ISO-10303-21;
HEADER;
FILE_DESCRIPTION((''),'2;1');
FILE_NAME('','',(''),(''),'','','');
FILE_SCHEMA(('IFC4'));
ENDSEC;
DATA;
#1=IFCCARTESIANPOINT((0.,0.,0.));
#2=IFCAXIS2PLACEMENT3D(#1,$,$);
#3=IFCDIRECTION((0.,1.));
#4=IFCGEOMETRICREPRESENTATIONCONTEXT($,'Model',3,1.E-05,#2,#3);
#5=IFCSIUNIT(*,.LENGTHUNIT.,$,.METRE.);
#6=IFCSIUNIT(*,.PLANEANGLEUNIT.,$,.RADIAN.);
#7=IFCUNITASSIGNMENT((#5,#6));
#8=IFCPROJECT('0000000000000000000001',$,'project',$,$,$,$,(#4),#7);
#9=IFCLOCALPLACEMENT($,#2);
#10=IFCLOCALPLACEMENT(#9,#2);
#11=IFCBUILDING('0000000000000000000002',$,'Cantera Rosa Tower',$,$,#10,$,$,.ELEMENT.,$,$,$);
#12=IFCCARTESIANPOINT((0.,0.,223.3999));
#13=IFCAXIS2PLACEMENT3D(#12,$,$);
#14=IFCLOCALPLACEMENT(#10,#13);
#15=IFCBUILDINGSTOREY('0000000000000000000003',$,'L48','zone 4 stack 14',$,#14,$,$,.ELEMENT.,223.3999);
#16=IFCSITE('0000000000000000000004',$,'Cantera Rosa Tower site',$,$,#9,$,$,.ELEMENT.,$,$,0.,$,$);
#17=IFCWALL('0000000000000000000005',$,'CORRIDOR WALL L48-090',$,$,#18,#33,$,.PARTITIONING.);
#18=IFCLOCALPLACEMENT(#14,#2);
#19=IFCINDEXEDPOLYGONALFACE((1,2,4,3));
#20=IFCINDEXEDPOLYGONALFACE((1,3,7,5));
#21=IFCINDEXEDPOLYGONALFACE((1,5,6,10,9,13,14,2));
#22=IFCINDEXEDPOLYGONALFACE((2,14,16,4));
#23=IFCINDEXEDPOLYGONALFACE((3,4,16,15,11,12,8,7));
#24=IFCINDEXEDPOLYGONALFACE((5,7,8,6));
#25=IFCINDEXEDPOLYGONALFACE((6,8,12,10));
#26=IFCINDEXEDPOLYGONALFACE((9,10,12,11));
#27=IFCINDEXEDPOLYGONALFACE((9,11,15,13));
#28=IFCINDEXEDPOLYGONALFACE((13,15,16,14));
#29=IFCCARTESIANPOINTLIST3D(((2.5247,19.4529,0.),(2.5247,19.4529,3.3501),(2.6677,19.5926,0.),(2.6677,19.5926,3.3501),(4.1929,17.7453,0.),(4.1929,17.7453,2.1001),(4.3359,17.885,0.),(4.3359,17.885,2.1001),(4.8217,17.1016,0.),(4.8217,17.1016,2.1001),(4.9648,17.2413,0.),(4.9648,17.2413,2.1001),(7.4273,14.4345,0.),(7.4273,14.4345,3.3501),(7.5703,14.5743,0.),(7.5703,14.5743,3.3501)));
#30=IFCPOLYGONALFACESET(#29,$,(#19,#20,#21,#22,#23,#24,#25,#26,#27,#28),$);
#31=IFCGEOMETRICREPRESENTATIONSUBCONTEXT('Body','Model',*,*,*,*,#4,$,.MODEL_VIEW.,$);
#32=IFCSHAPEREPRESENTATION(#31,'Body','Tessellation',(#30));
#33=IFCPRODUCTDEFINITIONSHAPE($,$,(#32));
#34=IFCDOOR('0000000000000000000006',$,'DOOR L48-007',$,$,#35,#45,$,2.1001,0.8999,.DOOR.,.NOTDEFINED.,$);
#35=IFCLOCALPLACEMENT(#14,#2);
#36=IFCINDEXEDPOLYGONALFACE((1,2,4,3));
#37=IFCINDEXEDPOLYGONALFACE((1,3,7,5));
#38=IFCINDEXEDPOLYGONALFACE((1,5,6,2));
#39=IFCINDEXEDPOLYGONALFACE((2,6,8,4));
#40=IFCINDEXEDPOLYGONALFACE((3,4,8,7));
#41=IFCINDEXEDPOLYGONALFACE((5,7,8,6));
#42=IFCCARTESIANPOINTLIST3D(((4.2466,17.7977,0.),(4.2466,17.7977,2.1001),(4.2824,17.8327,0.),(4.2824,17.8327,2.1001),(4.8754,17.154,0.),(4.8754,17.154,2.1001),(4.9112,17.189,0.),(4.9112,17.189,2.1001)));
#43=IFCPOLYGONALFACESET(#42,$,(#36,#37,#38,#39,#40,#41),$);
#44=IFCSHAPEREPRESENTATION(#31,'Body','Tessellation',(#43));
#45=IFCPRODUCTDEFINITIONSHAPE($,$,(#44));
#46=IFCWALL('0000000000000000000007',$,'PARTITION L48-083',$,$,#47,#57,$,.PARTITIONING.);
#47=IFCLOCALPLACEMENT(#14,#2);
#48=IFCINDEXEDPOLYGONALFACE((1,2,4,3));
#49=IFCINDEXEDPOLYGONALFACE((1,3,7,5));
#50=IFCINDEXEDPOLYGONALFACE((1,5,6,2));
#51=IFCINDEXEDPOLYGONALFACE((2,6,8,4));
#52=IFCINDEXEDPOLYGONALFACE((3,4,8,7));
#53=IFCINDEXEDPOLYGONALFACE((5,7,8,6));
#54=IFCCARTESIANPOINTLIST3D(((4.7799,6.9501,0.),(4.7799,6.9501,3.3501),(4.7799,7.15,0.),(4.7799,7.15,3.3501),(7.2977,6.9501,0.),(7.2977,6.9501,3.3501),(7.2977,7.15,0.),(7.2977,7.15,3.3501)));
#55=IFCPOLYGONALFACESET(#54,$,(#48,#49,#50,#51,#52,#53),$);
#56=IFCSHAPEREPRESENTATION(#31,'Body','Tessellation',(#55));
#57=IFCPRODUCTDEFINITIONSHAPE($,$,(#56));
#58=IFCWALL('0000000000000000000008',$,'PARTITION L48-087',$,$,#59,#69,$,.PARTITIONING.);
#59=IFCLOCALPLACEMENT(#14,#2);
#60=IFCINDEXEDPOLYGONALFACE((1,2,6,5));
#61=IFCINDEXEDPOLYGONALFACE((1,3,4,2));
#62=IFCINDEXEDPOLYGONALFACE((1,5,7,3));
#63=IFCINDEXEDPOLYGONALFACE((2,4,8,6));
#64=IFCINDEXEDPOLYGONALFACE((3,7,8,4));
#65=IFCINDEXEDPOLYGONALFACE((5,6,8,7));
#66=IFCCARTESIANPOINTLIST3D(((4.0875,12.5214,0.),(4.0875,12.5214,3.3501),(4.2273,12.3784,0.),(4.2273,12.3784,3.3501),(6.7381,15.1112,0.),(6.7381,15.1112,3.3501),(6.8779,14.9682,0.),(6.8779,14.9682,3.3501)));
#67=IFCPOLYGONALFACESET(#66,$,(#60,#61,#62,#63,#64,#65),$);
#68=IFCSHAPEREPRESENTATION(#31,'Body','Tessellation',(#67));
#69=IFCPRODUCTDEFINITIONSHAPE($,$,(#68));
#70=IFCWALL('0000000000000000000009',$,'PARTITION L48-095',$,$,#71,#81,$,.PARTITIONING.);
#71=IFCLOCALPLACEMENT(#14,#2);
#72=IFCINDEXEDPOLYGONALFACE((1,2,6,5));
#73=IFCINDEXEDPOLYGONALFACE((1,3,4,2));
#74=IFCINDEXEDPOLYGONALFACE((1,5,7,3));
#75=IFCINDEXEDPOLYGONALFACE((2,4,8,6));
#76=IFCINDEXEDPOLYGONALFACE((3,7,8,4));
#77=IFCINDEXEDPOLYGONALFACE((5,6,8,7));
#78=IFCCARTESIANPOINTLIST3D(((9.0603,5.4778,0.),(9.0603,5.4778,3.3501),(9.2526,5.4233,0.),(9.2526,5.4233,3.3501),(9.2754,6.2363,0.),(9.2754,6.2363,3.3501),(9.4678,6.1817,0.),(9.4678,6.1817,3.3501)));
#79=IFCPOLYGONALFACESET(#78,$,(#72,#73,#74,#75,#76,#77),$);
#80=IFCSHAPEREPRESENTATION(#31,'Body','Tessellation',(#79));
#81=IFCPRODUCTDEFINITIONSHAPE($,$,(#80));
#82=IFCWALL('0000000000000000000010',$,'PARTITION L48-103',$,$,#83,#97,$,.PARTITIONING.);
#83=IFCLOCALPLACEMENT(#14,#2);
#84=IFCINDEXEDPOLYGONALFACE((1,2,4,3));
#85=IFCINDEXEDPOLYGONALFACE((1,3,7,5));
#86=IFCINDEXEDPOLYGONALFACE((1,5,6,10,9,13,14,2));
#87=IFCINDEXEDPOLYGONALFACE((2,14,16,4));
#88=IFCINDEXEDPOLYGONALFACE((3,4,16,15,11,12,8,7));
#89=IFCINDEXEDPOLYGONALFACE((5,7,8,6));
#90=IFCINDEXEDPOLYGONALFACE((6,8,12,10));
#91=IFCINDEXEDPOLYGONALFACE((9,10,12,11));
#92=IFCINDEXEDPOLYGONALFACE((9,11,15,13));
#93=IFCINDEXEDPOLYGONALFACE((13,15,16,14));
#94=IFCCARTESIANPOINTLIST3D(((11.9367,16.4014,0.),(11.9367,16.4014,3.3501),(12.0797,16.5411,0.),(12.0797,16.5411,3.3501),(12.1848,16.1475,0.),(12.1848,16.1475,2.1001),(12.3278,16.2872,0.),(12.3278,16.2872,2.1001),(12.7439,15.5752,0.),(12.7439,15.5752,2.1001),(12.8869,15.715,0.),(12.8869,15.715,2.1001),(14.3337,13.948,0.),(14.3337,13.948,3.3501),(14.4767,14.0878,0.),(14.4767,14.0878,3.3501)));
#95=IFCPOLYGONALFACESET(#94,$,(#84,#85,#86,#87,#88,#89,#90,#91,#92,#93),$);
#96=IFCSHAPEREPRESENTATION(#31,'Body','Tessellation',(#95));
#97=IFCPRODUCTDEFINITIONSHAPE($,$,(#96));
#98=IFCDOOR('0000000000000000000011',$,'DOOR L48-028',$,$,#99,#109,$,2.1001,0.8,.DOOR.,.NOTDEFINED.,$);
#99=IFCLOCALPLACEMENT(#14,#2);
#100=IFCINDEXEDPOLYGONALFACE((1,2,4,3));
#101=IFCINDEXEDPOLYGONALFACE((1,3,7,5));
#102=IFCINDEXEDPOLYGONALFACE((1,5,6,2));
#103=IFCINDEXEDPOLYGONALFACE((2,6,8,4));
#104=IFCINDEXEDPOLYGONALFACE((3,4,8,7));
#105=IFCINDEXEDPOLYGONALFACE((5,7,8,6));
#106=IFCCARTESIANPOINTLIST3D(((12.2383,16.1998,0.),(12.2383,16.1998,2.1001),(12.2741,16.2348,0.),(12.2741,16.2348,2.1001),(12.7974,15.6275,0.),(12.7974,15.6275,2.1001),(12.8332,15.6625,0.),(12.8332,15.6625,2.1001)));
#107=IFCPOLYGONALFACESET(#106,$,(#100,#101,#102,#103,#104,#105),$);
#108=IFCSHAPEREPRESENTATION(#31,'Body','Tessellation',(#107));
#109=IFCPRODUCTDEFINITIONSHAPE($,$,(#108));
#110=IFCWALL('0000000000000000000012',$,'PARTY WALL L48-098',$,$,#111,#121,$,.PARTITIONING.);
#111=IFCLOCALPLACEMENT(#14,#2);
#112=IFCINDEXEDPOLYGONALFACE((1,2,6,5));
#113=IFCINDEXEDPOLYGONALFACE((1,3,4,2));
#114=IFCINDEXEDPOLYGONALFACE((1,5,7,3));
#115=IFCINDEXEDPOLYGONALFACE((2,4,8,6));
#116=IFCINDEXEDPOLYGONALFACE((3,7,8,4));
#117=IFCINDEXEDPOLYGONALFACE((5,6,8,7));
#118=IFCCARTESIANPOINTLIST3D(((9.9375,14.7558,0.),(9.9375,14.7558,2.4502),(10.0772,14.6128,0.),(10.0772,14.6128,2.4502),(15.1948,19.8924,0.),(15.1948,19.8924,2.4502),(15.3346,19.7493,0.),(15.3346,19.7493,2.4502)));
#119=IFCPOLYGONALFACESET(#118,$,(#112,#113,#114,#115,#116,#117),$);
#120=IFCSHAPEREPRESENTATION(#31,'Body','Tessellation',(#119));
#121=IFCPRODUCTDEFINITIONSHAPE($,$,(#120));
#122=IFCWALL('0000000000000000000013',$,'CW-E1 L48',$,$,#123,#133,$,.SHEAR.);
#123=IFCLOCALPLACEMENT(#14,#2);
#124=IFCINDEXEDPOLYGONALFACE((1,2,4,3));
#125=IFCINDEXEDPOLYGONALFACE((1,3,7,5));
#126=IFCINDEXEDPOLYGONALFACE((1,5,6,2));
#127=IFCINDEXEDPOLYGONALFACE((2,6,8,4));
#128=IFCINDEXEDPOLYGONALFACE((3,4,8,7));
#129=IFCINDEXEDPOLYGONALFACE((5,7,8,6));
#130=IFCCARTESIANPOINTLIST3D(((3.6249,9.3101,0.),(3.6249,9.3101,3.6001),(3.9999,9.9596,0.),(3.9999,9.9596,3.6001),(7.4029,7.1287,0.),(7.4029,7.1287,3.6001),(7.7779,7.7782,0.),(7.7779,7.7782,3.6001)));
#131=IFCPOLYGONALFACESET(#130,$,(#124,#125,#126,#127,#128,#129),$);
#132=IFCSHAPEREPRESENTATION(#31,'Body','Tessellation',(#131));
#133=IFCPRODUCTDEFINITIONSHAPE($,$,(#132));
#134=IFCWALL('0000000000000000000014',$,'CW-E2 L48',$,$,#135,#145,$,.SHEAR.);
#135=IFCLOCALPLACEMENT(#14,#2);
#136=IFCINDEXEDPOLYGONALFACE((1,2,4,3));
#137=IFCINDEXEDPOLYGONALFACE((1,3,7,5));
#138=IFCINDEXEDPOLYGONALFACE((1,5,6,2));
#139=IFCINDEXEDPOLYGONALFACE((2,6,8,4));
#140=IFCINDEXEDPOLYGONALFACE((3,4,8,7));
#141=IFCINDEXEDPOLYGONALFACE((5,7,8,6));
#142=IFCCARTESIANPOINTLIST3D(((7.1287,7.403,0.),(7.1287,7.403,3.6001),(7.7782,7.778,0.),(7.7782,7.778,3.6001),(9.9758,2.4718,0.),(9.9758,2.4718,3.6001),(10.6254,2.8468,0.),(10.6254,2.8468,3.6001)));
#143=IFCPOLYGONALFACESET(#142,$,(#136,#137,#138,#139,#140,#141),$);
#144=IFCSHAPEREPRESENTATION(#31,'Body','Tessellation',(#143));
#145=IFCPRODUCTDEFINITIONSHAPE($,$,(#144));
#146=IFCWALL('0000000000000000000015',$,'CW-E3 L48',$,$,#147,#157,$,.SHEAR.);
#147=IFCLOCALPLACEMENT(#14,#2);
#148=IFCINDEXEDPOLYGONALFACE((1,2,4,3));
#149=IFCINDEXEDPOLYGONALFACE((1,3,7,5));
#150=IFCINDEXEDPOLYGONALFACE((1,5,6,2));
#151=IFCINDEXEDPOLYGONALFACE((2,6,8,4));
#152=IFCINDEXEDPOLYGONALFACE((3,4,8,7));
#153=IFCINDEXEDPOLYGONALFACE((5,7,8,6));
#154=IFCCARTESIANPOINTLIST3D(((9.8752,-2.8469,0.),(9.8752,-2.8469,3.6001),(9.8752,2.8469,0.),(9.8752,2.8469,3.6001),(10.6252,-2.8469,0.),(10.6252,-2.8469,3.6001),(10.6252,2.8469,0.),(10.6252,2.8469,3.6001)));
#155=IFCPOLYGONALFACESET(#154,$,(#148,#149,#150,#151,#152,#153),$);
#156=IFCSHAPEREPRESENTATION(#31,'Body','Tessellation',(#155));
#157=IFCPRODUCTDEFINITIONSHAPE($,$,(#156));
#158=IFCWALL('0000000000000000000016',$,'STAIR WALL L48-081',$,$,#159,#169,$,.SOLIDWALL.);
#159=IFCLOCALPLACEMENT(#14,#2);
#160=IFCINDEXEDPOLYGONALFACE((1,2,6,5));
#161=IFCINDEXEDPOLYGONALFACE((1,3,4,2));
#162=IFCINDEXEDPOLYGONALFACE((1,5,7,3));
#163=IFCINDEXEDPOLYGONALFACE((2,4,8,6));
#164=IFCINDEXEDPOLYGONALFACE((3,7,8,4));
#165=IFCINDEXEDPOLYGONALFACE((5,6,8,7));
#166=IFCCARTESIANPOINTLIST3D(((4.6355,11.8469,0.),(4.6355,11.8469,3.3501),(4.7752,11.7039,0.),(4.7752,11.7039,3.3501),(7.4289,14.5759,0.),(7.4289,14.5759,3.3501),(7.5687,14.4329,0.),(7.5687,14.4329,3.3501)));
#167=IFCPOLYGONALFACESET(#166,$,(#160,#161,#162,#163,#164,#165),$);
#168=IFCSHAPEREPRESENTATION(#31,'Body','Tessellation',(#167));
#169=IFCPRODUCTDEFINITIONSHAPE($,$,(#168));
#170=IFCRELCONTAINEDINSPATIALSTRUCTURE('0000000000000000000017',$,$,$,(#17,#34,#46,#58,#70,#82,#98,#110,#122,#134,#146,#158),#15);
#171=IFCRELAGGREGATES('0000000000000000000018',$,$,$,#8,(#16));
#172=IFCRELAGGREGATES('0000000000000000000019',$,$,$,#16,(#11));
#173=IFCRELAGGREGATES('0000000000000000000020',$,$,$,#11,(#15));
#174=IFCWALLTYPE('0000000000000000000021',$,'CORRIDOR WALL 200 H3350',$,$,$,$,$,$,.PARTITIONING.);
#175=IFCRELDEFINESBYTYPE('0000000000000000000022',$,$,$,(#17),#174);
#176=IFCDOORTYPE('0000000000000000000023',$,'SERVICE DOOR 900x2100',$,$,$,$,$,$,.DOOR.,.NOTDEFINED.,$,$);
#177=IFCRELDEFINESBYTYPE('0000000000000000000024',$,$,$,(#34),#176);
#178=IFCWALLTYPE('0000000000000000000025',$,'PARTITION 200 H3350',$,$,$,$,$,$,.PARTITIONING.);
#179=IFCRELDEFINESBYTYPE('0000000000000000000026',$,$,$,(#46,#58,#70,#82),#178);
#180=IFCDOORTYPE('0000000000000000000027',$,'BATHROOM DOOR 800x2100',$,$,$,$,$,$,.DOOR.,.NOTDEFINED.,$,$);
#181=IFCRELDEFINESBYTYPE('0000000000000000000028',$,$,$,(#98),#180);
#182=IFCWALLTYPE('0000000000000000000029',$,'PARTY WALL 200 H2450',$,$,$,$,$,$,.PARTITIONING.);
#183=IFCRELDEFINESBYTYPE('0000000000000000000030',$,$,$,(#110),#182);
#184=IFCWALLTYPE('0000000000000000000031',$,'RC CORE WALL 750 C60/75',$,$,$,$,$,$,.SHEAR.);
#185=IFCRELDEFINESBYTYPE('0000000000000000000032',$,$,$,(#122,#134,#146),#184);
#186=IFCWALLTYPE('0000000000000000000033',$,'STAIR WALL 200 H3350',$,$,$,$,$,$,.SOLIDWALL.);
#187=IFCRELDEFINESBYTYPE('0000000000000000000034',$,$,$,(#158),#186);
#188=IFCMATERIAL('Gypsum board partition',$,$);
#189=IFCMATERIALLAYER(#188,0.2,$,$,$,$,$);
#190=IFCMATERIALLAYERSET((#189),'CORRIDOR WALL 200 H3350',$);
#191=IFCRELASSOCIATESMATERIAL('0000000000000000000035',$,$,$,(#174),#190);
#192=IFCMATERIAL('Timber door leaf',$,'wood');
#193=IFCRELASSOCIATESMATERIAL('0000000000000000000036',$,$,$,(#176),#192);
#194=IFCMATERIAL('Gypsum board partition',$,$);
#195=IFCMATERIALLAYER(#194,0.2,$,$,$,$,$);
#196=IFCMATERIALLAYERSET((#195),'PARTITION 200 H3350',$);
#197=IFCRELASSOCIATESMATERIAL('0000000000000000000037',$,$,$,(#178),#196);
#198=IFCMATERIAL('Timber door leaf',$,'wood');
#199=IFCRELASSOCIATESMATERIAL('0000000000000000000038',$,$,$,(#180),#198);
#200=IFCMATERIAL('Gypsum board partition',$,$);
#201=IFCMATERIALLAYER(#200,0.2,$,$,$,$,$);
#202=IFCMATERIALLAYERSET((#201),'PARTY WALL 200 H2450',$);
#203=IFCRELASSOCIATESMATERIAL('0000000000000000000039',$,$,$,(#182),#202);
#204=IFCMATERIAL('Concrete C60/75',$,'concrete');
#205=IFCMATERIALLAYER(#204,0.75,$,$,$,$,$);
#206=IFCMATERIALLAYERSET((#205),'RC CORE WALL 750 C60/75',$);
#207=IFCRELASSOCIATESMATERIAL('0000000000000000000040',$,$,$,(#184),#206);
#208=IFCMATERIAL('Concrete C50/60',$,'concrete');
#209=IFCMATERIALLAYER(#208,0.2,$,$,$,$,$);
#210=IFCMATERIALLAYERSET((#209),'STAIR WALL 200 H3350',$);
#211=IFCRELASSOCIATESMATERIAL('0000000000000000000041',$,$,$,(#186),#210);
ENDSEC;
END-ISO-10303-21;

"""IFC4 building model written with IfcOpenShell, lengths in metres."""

from ifc_helpers import new_model, si_unit, direction, frame, frame_2d, origin, place, context, subcontext, project, spatial, rectangle, extrude, material, layer, layer_set, type_object, element, fill, save


model = new_model("IFC4")

# Units and contexts
model_context = context("Model", 3, precision=1e-05, world=origin(), true_north=direction((0.0, 1.0)))
body_context = subcontext(model_context, "Body", "Model", "MODEL_VIEW")
ifc_project = project(units=[si_unit("LENGTHUNIT", "METRE"), si_unit("PLANEANGLEUNIT", "RADIAN")], contexts=[model_context])

# Site, building, storey
site_placement = place(None, origin())
site = spatial("IfcSite", under=ifc_project, at=site_placement, Name="Cantera Rosa Tower site", CompositionType="ELEMENT", RefElevation=0.0)
building_placement = place(site_placement, origin())
building = spatial("IfcBuilding", under=site, at=building_placement, Name="Cantera Rosa Tower", CompositionType="ELEMENT")
storey_placement = place(building_placement, frame((0.0, 0.0, 223.3999)))
storey = spatial("IfcBuildingStorey", under=building, at=storey_placement, Name="L48", Description="zone 4 stack 14", CompositionType="ELEMENT", Elevation=223.3999)

# Wall, opening, door
ifc_material_1 = material(Name="Gypsum board partition")
ifc_layer_1 = layer(ifc_material_1, 0.2)
ifc_layer_set_1 = layer_set([ifc_layer_1], Name="CORRIDOR WALL 200 H3350")
wall_type_1 = type_object("IfcWallType", Name="CORRIDOR WALL 200 H3350", PredefinedType="PARTITIONING", material=ifc_layer_set_1)
wall_1_placement = place(storey_placement, frame((7.4988, 14.5044, 0.0), z_axis=(0.0, 0.0, 1.0), x_axis=(-0.698811, 0.715306, 0.0)))
wall_1 = element("IfcWall", 1, at=wall_1_placement, inside=storey, type_object=wall_type_1, Name="CORRIDOR WALL L48-090", PredefinedType="PARTITIONING", context=body_context, shape_type="SweptSolid", body=[
    extrude(rectangle(XDim=7.0156, YDim=0.2, at=frame_2d((3.5078, 0.0))), origin(), (0.0, 0.0, 1.0), 3.3501),
])
opening_1_placement = place(wall_1_placement, frame((3.7285, 0.0, 0.0)))
opening_1 = element("IfcOpeningElement", 2, at=opening_1_placement, cuts=wall_1, PredefinedType="OPENING", context=body_context, shape_type="SweptSolid", body=[
    extrude(rectangle(XDim=0.8999, YDim=2.1001, at=frame_2d((0.45, 1.05))), frame((0.0, 0.1099, 0.0), z_axis=(0.0, -1.0, 0.0), x_axis=(1.0, 0.0, 0.0)), (0.0, 0.0, 1.0), 0.22),
])
ifc_material_2 = material(Name="Timber door leaf", Category="wood")
door_type_1 = type_object("IfcDoorType", Name="SERVICE DOOR 900x2100", OperationType="NOTDEFINED", PredefinedType="DOOR", material=ifc_material_2)
door_1_placement = place(opening_1_placement, origin())
door_1 = element("IfcDoor", 3, at=door_1_placement, inside=storey, type_object=door_type_1, Name="DOOR L48-007", OperationType="NOTDEFINED", OverallHeight=2.1001, OverallWidth=0.8999, PredefinedType="DOOR", context=body_context, shape_type="SweptSolid", body=[
    extrude(rectangle(XDim=0.8999, YDim=2.1001, at=frame_2d((0.45, 1.05))), frame((0.0, 0.0249, 0.0), z_axis=(0.0, -1.0, 0.0), x_axis=(1.0, 0.0, 0.0)), (0.0, 0.0, 1.0), 0.05),
])
fill(opening_1, door_1)

# Walls
ifc_material_3 = material(Name="Gypsum board partition")
ifc_layer_2 = layer(ifc_material_3, 0.2)
ifc_layer_set_2 = layer_set([ifc_layer_2], Name="PARTITION 200 H3350")
wall_type_2 = type_object("IfcWallType", Name="PARTITION 200 H3350", PredefinedType="PARTITIONING", material=ifc_layer_set_2)
wall_2_placement = place(storey_placement, frame((4.78, 7.05, 0.0), z_axis=(0.0, 0.0, 1.0), x_axis=(1.0, 0.0, 0.0)))
element("IfcWall", 4, at=wall_2_placement, inside=storey, type_object=wall_type_2, Name="PARTITION L48-083", PredefinedType="PARTITIONING", context=body_context, shape_type="SweptSolid", body=[
    extrude(rectangle(XDim=2.5178, YDim=0.2, at=frame_2d((1.2588, 0.0))), origin(), (0.0, 0.0, 1.0), 3.3501),
])
wall_3_placement = place(storey_placement, frame((6.8081, 15.0398, 0.0), z_axis=(0.0, 0.0, 1.0), x_axis=(-0.715261, -0.698857, 0.0)))
element("IfcWall", 5, at=wall_3_placement, inside=storey, type_object=wall_type_2, Name="PARTITION L48-087", PredefinedType="PARTITIONING", context=body_context, shape_type="SweptSolid", body=[
    extrude(rectangle(XDim=3.7058, YDim=0.2, at=frame_2d((1.853, 0.0))), origin(), (0.0, 0.0, 1.0), 3.3501),
])
wall_4_placement = place(storey_placement, frame((9.1565, 5.4507, 0.0), z_axis=(0.0, 0.0, 1.0), x_axis=(0.27288, 0.962048, 0.0)))
element("IfcWall", 6, at=wall_4_placement, inside=storey, type_object=wall_type_2, Name="PARTITION L48-095", PredefinedType="PARTITIONING", context=body_context, shape_type="SweptSolid", body=[
    extrude(rectangle(XDim=0.7883, YDim=0.2, at=frame_2d((0.394, 0.0))), origin(), (0.0, 0.0, 1.0), 3.3501),
])

# Wall, opening, door
wall_5_placement = place(storey_placement, frame((12.0083, 16.4712, 0.0), z_axis=(0.0, 0.0, 1.0), x_axis=(0.698838, -0.71528, 0.0)))
wall_5 = element("IfcWall", 7, at=wall_5_placement, inside=storey, type_object=wall_type_2, Name="PARTITION L48-103", PredefinedType="PARTITIONING", context=body_context, shape_type="SweptSolid", body=[
    extrude(rectangle(XDim=3.4299, YDim=0.2, at=frame_2d((1.7148, 0.0))), origin(), (0.0, 0.0, 1.0), 3.3501),
])
opening_2_placement = place(wall_5_placement, frame((0.355, 0.0, 0.0)))
opening_2 = element("IfcOpeningElement", 8, at=opening_2_placement, cuts=wall_5, PredefinedType="OPENING", context=body_context, shape_type="SweptSolid", body=[
    extrude(rectangle(XDim=0.8, YDim=2.1001, at=frame_2d((0.3999, 1.05))), frame((0.0, 0.1099, 0.0), z_axis=(0.0, -1.0, 0.0), x_axis=(1.0, 0.0, 0.0)), (0.0, 0.0, 1.0), 0.22),
])
ifc_material_4 = material(Name="Timber door leaf", Category="wood")
door_type_2 = type_object("IfcDoorType", Name="BATHROOM DOOR 800x2100", OperationType="NOTDEFINED", PredefinedType="DOOR", material=ifc_material_4)
door_2_placement = place(opening_2_placement, origin())
door_2 = element("IfcDoor", 9, at=door_2_placement, inside=storey, type_object=door_type_2, Name="DOOR L48-028", OperationType="NOTDEFINED", OverallHeight=2.1001, OverallWidth=0.8, PredefinedType="DOOR", context=body_context, shape_type="SweptSolid", body=[
    extrude(rectangle(XDim=0.8, YDim=2.1001, at=frame_2d((0.3999, 1.05))), frame((0.0, 0.0249, 0.0), z_axis=(0.0, -1.0, 0.0), x_axis=(1.0, 0.0, 0.0)), (0.0, 0.0, 1.0), 0.05),
])
fill(opening_2, door_2)

# Walls
ifc_material_5 = material(Name="Gypsum board partition")
ifc_layer_3 = layer(ifc_material_5, 0.2)
ifc_layer_set_3 = layer_set([ifc_layer_3], Name="PARTY WALL 200 H2450")
wall_type_3 = type_object("IfcWallType", Name="PARTY WALL 200 H2450", PredefinedType="PARTITIONING", material=ifc_layer_set_3)
wall_6_placement = place(storey_placement, frame((10.0073, 14.6843, 0.0), z_axis=(0.0, 0.0, 1.0), x_axis=(0.71528, 0.698838, 0.0)))
element("IfcWall", 10, at=wall_6_placement, inside=storey, type_object=wall_type_3, Name="PARTY WALL L48-098", PredefinedType="PARTITIONING", context=body_context, shape_type="SweptSolid", body=[
    extrude(rectangle(XDim=7.3501, YDim=0.2, at=frame_2d((3.675, 0.0))), origin(), (0.0, 0.0, 1.0), 2.4502),
])
ifc_material_6 = material(Name="Concrete C60/75", Category="concrete")
ifc_layer_4 = layer(ifc_material_6, 0.75)
ifc_layer_set_4 = layer_set([ifc_layer_4], Name="RC CORE WALL 750 C60/75")
wall_type_4 = type_object("IfcWallType", Name="RC CORE WALL 750 C60/75", PredefinedType="SHEAR", material=ifc_layer_set_4)
wall_7_placement = place(storey_placement, frame((3.8125, 9.6348, 0.0), z_axis=(0.0, 0.0, 1.0), x_axis=(0.866013, -0.500021, 0.0)))
element("IfcWall", 11, at=wall_7_placement, inside=storey, type_object=wall_type_4, Name="CW-E1 L48", PredefinedType="SHEAR", context=body_context, shape_type="SweptSolid", body=[
    extrude(rectangle(XDim=4.3625, YDim=0.75, at=frame_2d((2.1812, 0.0))), origin(), (0.0, 0.0, 1.0), 3.6001),
])
wall_8_placement = place(storey_placement, frame((7.4534, 7.5906, 0.0), z_axis=(0.0, 0.0, 1.0), x_axis=(0.500022, -0.866013, 0.0)))
element("IfcWall", 12, at=wall_8_placement, inside=storey, type_object=wall_type_4, Name="CW-E2 L48", PredefinedType="SHEAR", context=body_context, shape_type="SweptSolid", body=[
    extrude(rectangle(XDim=5.6941, YDim=0.75, at=frame_2d((2.8472, 0.0))), origin(), (0.0, 0.0, 1.0), 3.6001),
])
wall_9_placement = place(storey_placement, frame((10.2502, 2.8469, 0.0), z_axis=(0.0, 0.0, 1.0), x_axis=(0.0, -1.0, 0.0)))
element("IfcWall", 13, at=wall_9_placement, inside=storey, type_object=wall_type_4, Name="CW-E3 L48", PredefinedType="SHEAR", context=body_context, shape_type="SweptSolid", body=[
    extrude(rectangle(XDim=5.6938, YDim=0.75, at=frame_2d((2.8469, 0.0))), origin(), (0.0, 0.0, 1.0), 3.6001),
])
ifc_material_7 = material(Name="Concrete C50/60", Category="concrete")
ifc_layer_5 = layer(ifc_material_7, 0.2)
ifc_layer_set_5 = layer_set([ifc_layer_5], Name="STAIR WALL 200 H3350")
wall_type_5 = type_object("IfcWallType", Name="STAIR WALL 200 H3350", PredefinedType="SOLIDWALL", material=ifc_layer_set_5)
wall_10_placement = place(storey_placement, frame((4.7053, 11.7754, 0.0), z_axis=(0.0, 0.0, 1.0), x_axis=(0.715311, 0.698806, 0.0)))
element("IfcWall", 14, at=wall_10_placement, inside=storey, type_object=wall_type_5, Name="STAIR WALL L48-081", PredefinedType="SOLIDWALL", context=body_context, shape_type="SweptSolid", body=[
    extrude(rectangle(XDim=3.9053, YDim=0.2, at=frame_2d((1.9526, 0.0))), origin(), (0.0, 0.0, 1.0), 3.3501),
])

save(model, "model.ifc")
